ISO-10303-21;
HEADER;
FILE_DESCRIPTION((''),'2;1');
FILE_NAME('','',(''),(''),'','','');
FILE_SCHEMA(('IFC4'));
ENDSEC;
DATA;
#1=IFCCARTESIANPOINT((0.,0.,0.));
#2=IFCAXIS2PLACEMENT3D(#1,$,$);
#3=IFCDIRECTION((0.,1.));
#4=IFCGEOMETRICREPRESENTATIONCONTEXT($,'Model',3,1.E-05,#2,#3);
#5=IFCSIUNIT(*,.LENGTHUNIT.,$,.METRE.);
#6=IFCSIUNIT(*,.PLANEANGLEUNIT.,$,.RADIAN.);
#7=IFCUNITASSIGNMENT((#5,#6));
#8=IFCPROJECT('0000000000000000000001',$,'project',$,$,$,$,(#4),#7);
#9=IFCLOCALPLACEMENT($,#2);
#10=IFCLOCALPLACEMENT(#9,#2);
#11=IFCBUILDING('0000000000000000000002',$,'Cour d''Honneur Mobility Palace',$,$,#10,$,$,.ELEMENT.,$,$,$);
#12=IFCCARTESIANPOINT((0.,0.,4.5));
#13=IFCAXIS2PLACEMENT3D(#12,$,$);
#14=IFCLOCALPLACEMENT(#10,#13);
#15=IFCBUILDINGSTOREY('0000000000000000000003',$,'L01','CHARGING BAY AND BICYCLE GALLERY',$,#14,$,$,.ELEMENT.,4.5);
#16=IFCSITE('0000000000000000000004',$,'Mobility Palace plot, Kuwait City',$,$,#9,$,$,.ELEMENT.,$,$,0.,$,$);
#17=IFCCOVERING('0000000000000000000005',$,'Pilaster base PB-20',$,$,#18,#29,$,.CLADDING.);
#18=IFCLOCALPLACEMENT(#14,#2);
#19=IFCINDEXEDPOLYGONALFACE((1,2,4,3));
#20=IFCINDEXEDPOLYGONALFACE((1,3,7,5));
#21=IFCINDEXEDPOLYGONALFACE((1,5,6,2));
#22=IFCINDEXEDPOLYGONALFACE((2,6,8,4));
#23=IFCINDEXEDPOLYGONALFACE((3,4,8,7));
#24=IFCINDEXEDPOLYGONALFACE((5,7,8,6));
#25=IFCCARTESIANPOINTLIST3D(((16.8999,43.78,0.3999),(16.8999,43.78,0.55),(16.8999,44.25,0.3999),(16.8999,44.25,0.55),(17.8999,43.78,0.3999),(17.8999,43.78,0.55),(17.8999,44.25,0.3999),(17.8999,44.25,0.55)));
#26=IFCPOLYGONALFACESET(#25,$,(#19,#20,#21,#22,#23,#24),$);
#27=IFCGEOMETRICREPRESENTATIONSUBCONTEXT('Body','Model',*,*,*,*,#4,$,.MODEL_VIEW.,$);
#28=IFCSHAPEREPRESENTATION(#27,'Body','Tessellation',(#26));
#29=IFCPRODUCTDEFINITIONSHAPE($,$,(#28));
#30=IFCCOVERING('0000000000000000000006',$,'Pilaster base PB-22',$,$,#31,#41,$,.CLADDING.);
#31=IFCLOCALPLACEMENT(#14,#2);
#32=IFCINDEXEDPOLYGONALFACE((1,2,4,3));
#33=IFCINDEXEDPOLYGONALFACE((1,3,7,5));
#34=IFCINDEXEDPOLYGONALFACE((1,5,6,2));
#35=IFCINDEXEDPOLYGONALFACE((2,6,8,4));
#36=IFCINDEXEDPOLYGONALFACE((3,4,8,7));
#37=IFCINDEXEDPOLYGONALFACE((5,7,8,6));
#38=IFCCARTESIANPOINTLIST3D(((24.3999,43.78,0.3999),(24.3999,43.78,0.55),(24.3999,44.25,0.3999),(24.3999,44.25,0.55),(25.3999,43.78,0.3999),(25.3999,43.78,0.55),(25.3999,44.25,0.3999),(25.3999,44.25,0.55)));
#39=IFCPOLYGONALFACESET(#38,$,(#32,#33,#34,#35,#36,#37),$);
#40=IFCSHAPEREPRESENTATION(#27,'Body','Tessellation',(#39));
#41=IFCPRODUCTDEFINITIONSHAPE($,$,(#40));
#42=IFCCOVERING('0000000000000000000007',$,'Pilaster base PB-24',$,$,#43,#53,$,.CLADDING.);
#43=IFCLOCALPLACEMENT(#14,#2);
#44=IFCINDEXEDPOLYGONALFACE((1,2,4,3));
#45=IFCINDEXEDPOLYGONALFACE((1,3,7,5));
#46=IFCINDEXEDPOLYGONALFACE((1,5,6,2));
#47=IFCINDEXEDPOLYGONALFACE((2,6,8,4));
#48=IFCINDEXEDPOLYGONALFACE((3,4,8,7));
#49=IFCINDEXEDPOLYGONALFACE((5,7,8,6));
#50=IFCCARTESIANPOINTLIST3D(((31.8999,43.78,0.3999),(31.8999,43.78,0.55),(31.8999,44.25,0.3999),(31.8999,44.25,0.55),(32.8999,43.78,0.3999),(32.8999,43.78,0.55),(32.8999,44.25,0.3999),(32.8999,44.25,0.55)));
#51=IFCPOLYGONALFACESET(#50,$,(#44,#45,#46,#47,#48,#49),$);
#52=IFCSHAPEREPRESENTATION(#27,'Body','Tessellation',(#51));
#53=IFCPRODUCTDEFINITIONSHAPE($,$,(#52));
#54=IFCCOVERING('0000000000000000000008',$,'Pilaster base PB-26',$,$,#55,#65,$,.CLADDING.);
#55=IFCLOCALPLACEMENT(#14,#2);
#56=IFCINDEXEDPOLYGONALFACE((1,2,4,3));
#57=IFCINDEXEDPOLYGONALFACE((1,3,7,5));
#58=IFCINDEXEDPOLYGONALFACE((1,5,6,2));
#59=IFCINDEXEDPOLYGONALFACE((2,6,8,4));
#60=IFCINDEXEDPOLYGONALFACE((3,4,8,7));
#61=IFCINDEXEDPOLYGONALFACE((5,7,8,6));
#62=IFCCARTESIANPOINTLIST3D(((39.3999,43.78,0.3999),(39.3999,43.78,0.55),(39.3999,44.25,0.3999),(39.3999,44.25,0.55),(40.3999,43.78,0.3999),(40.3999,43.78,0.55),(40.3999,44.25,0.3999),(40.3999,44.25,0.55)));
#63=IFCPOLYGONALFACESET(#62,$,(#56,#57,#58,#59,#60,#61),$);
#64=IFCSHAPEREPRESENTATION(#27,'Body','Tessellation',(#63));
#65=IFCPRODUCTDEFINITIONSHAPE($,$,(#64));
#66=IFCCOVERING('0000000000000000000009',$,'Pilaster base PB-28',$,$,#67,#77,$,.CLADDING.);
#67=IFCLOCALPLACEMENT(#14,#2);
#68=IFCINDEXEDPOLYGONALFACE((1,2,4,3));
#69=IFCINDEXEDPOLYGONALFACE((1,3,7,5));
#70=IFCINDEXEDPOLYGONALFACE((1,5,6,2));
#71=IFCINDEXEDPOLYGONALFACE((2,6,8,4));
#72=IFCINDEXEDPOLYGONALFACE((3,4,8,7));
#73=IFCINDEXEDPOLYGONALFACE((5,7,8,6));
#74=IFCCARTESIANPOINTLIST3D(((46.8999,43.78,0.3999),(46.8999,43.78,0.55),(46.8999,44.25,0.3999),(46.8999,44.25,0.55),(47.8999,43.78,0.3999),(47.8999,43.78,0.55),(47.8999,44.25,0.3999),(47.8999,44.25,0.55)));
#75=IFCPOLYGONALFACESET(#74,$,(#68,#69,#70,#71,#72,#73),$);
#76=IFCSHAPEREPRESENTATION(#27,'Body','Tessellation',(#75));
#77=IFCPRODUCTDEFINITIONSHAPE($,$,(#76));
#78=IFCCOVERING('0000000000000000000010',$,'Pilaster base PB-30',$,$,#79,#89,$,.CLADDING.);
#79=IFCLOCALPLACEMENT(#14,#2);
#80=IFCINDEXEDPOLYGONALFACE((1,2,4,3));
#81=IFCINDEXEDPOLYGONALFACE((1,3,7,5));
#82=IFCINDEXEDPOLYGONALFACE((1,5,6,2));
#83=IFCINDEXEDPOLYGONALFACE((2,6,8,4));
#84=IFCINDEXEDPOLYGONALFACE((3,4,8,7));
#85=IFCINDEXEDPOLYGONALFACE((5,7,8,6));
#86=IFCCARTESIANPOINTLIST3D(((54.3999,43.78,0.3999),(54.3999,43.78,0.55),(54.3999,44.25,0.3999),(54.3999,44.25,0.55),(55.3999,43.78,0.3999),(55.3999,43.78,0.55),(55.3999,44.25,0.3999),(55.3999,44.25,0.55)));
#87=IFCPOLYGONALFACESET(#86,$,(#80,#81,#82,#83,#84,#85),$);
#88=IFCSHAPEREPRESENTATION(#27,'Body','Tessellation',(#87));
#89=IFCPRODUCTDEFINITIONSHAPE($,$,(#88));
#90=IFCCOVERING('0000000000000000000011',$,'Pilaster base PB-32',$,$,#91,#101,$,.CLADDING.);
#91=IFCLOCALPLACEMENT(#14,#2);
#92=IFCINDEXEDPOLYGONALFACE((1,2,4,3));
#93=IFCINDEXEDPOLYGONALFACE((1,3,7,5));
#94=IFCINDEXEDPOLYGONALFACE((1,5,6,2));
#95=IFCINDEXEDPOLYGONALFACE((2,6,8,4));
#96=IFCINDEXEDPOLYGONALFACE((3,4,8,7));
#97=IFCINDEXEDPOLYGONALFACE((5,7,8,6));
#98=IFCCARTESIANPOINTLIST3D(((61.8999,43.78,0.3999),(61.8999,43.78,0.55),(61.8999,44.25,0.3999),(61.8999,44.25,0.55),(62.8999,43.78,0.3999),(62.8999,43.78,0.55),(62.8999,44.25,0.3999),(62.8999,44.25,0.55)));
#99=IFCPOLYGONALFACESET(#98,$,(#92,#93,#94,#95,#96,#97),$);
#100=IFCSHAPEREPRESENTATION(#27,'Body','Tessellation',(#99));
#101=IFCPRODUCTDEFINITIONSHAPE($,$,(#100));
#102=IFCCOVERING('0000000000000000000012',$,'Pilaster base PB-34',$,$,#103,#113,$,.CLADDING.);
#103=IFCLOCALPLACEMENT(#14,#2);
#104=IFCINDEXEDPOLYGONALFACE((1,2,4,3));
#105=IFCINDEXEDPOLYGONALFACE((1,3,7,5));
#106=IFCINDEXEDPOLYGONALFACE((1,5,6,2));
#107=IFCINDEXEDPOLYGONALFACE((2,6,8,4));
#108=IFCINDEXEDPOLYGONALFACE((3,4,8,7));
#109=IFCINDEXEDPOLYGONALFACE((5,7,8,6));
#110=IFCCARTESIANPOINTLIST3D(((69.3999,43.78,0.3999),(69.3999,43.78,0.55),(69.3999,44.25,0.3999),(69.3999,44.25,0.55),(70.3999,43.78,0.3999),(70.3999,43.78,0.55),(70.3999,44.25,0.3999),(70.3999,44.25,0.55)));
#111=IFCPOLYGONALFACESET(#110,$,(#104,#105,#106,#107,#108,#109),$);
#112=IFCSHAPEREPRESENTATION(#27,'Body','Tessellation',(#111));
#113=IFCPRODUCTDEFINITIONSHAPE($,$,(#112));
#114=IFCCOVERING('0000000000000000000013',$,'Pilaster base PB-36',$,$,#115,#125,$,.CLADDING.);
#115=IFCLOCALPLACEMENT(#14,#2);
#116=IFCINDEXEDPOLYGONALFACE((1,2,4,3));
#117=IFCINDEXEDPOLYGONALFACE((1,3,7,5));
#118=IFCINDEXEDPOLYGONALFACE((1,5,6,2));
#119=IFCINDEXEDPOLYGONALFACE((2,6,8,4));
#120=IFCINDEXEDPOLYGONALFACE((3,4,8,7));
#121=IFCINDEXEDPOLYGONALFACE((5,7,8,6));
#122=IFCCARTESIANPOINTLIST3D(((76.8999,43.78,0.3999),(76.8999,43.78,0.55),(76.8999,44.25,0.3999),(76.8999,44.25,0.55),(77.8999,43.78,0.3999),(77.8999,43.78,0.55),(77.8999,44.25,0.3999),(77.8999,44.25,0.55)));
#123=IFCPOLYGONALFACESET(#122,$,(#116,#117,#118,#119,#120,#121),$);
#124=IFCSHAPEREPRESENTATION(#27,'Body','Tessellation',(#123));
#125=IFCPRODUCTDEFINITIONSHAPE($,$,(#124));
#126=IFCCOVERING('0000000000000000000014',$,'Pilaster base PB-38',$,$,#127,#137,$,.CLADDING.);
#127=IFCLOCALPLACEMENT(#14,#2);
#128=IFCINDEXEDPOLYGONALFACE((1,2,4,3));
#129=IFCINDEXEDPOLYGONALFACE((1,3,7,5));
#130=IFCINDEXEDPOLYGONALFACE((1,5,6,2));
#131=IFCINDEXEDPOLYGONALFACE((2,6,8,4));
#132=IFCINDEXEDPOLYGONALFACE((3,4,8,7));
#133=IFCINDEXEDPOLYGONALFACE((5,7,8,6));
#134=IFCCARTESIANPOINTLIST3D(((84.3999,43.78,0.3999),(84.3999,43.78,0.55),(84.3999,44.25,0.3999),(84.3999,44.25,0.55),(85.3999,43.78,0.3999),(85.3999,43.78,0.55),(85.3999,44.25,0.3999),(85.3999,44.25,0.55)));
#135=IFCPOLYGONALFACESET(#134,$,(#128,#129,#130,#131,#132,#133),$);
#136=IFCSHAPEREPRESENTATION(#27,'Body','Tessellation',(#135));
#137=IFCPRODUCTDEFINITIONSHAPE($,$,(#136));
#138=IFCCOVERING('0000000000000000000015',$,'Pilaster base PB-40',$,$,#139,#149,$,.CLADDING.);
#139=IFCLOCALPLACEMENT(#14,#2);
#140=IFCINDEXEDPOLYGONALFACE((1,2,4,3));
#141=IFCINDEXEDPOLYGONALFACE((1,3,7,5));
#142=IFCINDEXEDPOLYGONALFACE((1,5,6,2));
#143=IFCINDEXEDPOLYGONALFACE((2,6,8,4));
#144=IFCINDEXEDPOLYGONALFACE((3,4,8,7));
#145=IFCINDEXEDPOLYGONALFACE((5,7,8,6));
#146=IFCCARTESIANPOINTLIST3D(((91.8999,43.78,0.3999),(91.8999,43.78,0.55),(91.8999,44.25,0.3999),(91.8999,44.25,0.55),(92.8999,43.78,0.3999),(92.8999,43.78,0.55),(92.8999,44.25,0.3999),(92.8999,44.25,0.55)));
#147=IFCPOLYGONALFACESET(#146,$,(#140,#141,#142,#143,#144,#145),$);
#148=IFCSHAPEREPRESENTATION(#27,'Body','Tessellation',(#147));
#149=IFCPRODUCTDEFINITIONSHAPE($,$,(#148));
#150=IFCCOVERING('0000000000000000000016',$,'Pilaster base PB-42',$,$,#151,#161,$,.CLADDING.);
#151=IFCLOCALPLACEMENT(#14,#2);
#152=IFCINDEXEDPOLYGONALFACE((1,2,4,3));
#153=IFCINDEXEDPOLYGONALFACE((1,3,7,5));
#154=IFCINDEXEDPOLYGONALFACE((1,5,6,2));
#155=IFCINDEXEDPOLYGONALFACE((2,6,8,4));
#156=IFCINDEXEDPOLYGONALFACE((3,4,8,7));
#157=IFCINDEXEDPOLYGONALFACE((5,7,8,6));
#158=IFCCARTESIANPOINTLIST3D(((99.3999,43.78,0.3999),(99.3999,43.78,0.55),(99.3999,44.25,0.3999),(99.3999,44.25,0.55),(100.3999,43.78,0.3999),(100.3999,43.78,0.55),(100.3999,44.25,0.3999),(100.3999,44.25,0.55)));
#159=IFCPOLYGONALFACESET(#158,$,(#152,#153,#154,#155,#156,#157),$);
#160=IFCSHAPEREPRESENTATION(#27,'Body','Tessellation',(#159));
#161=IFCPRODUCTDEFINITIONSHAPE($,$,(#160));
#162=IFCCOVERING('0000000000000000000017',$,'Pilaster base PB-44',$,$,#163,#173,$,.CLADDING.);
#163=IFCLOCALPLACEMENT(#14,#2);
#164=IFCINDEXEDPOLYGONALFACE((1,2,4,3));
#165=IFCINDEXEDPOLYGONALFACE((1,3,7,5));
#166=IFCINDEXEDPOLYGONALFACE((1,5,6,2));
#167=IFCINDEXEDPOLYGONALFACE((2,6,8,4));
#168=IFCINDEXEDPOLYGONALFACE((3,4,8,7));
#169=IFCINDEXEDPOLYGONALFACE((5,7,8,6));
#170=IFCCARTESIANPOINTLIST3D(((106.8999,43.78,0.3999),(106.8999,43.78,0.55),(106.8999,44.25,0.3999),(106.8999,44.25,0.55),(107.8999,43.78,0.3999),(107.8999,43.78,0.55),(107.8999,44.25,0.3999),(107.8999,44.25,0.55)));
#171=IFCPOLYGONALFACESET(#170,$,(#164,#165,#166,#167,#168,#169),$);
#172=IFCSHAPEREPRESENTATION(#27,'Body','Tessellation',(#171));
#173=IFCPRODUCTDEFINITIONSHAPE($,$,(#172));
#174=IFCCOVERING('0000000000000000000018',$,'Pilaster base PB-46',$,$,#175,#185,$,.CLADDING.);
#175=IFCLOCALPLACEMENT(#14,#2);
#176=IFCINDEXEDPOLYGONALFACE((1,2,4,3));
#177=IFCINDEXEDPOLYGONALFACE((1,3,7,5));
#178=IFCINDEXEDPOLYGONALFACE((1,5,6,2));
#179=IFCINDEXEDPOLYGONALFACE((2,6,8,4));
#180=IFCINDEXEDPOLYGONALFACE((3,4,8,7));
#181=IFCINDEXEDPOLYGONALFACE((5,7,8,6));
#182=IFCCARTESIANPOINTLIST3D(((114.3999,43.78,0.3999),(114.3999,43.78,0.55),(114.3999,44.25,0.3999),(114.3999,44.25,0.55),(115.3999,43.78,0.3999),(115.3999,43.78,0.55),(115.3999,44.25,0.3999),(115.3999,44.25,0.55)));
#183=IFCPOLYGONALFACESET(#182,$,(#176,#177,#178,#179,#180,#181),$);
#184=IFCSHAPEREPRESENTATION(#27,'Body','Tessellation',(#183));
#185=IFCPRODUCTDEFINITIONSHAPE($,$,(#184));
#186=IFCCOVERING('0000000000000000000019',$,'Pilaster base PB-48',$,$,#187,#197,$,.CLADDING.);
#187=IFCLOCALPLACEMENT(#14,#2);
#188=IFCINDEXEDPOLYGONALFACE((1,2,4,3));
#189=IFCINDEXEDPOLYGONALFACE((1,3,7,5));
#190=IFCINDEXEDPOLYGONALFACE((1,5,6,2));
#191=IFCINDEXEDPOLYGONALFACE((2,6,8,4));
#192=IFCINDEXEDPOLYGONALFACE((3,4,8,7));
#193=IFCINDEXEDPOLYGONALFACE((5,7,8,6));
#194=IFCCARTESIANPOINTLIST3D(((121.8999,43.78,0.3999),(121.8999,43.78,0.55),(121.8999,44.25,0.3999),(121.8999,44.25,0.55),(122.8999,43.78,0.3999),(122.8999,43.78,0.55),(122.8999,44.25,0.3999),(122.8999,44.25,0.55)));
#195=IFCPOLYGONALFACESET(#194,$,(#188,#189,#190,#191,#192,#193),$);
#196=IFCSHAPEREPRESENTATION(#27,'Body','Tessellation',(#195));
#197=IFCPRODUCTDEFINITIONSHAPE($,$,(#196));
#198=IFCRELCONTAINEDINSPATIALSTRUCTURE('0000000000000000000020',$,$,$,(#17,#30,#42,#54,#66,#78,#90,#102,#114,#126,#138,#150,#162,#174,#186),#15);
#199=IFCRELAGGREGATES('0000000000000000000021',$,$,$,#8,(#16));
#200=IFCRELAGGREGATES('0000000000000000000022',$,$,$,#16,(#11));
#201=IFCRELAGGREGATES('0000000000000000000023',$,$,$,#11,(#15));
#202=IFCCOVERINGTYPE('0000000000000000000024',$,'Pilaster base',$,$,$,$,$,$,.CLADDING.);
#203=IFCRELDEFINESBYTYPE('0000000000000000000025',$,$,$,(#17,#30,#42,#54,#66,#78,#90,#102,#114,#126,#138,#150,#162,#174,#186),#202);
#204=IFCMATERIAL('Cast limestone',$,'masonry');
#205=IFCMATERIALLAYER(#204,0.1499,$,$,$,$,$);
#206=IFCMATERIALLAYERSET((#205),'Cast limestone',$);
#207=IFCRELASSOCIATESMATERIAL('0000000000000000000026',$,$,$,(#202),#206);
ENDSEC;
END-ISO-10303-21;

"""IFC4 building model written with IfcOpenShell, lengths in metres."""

from ifc_helpers import new_model, si_unit, direction, frame, origin, place, context, subcontext, project, spatial, polyline, outline, extrude, material, layer, layer_set, type_object, element, save


model = new_model("IFC4")

# Units and contexts
model_context = context("Model", 3, precision=1e-05, world=origin(), true_north=direction((0.0, 1.0)))
body_context = subcontext(model_context, "Body", "Model", "MODEL_VIEW")
ifc_project = project(units=[si_unit("LENGTHUNIT", "METRE"), si_unit("PLANEANGLEUNIT", "RADIAN")], contexts=[model_context])

# Site, building, storey
site_placement = place(None, origin())
site = spatial("IfcSite", under=ifc_project, at=site_placement, Name="Mobility Palace plot, Kuwait City", CompositionType="ELEMENT", RefElevation=0.0)
building_placement = place(site_placement, origin())
building = spatial("IfcBuilding", under=site, at=building_placement, Name="Cour d'Honneur Mobility Palace", CompositionType="ELEMENT")
storey_placement = place(building_placement, frame((0.0, 0.0, 4.5)))
storey = spatial("IfcBuildingStorey", under=building, at=storey_placement, Name="L01", Description="CHARGING BAY AND BICYCLE GALLERY", CompositionType="ELEMENT", Elevation=4.5)

# Coverings
ifc_material = material(Name="Cast limestone", Category="masonry")
ifc_layer = layer(ifc_material, 0.1499)
ifc_layer_set = layer_set([ifc_layer], Name="Cast limestone")
covering_type = type_object("IfcCoveringType", Name="Pilaster base", PredefinedType="CLADDING", material=ifc_layer_set)
covering_1_placement = place(storey_placement, frame((0.0, 0.0, 0.3999)))
element("IfcCovering", 1, at=covering_1_placement, inside=storey, type_object=covering_type, Name="Pilaster base PB-20", PredefinedType="CLADDING", context=body_context, shape_type="SweptSolid", body=[
    extrude(outline(polyline([(16.8999, 44.25), (17.8999, 44.25), (17.8999, 43.78), (16.8999, 43.78), (16.8999, 44.25)])), origin(), (0.0, 0.0, 1.0), 0.1501),
])
covering_2_placement = place(storey_placement, frame((0.0, 0.0, 0.3999)))
element("IfcCovering", 2, at=covering_2_placement, inside=storey, type_object=covering_type, Name="Pilaster base PB-22", PredefinedType="CLADDING", context=body_context, shape_type="SweptSolid", body=[
    extrude(outline(polyline([(24.3999, 44.25), (25.3999, 44.25), (25.3999, 43.78), (24.3999, 43.78), (24.3999, 44.25)])), origin(), (0.0, 0.0, 1.0), 0.1501),
])
covering_3_placement = place(storey_placement, frame((0.0, 0.0, 0.3999)))
element("IfcCovering", 3, at=covering_3_placement, inside=storey, type_object=covering_type, Name="Pilaster base PB-24", PredefinedType="CLADDING", context=body_context, shape_type="SweptSolid", body=[
    extrude(outline(polyline([(31.8999, 44.25), (32.8999, 44.25), (32.8999, 43.78), (31.8999, 43.78), (31.8999, 44.25)])), origin(), (0.0, 0.0, 1.0), 0.1501),
])
covering_4_placement = place(storey_placement, frame((0.0, 0.0, 0.3999)))
element("IfcCovering", 4, at=covering_4_placement, inside=storey, type_object=covering_type, Name="Pilaster base PB-26", PredefinedType="CLADDING", context=body_context, shape_type="SweptSolid", body=[
    extrude(outline(polyline([(39.3999, 44.25), (40.3999, 44.25), (40.3999, 43.78), (39.3999, 43.78), (39.3999, 44.25)])), origin(), (0.0, 0.0, 1.0), 0.1501),
])
covering_5_placement = place(storey_placement, frame((0.0, 0.0, 0.3999)))
element("IfcCovering", 5, at=covering_5_placement, inside=storey, type_object=covering_type, Name="Pilaster base PB-28", PredefinedType="CLADDING", context=body_context, shape_type="SweptSolid", body=[
    extrude(outline(polyline([(46.8999, 44.25), (47.8999, 44.25), (47.8999, 43.78), (46.8999, 43.78), (46.8999, 44.25)])), origin(), (0.0, 0.0, 1.0), 0.1501),
])
covering_6_placement = place(storey_placement, frame((0.0, 0.0, 0.3999)))
element("IfcCovering", 6, at=covering_6_placement, inside=storey, type_object=covering_type, Name="Pilaster base PB-30", PredefinedType="CLADDING", context=body_context, shape_type="SweptSolid", body=[
    extrude(outline(polyline([(54.3999, 44.25), (55.3999, 44.25), (55.3999, 43.78), (54.3999, 43.78), (54.3999, 44.25)])), origin(), (0.0, 0.0, 1.0), 0.1501),
])
covering_7_placement = place(storey_placement, frame((0.0, 0.0, 0.3999)))
element("IfcCovering", 7, at=covering_7_placement, inside=storey, type_object=covering_type, Name="Pilaster base PB-32", PredefinedType="CLADDING", context=body_context, shape_type="SweptSolid", body=[
    extrude(outline(polyline([(61.8999, 44.25), (62.8999, 44.25), (62.8999, 43.78), (61.8999, 43.78), (61.8999, 44.25)])), origin(), (0.0, 0.0, 1.0), 0.1501),
])
covering_8_placement = place(storey_placement, frame((0.0, 0.0, 0.3999)))
element("IfcCovering", 8, at=covering_8_placement, inside=storey, type_object=covering_type, Name="Pilaster base PB-34", PredefinedType="CLADDING", context=body_context, shape_type="SweptSolid", body=[
    extrude(outline(polyline([(69.3999, 44.25), (70.3999, 44.25), (70.3999, 43.78), (69.3999, 43.78), (69.3999, 44.25)])), origin(), (0.0, 0.0, 1.0), 0.1501),
])
covering_9_placement = place(storey_placement, frame((0.0, 0.0, 0.3999)))
element("IfcCovering", 9, at=covering_9_placement, inside=storey, type_object=covering_type, Name="Pilaster base PB-36", PredefinedType="CLADDING", context=body_context, shape_type="SweptSolid", body=[
    extrude(outline(polyline([(76.8999, 44.25), (77.8999, 44.25), (77.8999, 43.78), (76.8999, 43.78), (76.8999, 44.25)])), origin(), (0.0, 0.0, 1.0), 0.1501),
])
covering_10_placement = place(storey_placement, frame((0.0, 0.0, 0.3999)))
element("IfcCovering", 10, at=covering_10_placement, inside=storey, type_object=covering_type, Name="Pilaster base PB-38", PredefinedType="CLADDING", context=body_context, shape_type="SweptSolid", body=[
    extrude(outline(polyline([(84.3999, 44.25), (85.3999, 44.25), (85.3999, 43.78), (84.3999, 43.78), (84.3999, 44.25)])), origin(), (0.0, 0.0, 1.0), 0.1501),
])
covering_11_placement = place(storey_placement, frame((0.0, 0.0, 0.3999)))
element("IfcCovering", 11, at=covering_11_placement, inside=storey, type_object=covering_type, Name="Pilaster base PB-40", PredefinedType="CLADDING", context=body_context, shape_type="SweptSolid", body=[
    extrude(outline(polyline([(91.8999, 44.25), (92.8999, 44.25), (92.8999, 43.78), (91.8999, 43.78), (91.8999, 44.25)])), origin(), (0.0, 0.0, 1.0), 0.1501),
])
covering_12_placement = place(storey_placement, frame((0.0, 0.0, 0.3999)))
element("IfcCovering", 12, at=covering_12_placement, inside=storey, type_object=covering_type, Name="Pilaster base PB-42", PredefinedType="CLADDING", context=body_context, shape_type="SweptSolid", body=[
    extrude(outline(polyline([(99.3999, 44.25), (100.3999, 44.25), (100.3999, 43.78), (99.3999, 43.78), (99.3999, 44.25)])), origin(), (0.0, 0.0, 1.0), 0.1501),
])
covering_13_placement = place(storey_placement, frame((0.0, 0.0, 0.3999)))
element("IfcCovering", 13, at=covering_13_placement, inside=storey, type_object=covering_type, Name="Pilaster base PB-44", PredefinedType="CLADDING", context=body_context, shape_type="SweptSolid", body=[
    extrude(outline(polyline([(106.8999, 44.25), (107.8999, 44.25), (107.8999, 43.78), (106.8999, 43.78), (106.8999, 44.25)])), origin(), (0.0, 0.0, 1.0), 0.1501),
])
covering_14_placement = place(storey_placement, frame((0.0, 0.0, 0.3999)))
element("IfcCovering", 14, at=covering_14_placement, inside=storey, type_object=covering_type, Name="Pilaster base PB-46", PredefinedType="CLADDING", context=body_context, shape_type="SweptSolid", body=[
    extrude(outline(polyline([(114.3999, 44.25), (115.3999, 44.25), (115.3999, 43.78), (114.3999, 43.78), (114.3999, 44.25)])), origin(), (0.0, 0.0, 1.0), 0.1501),
])
covering_15_placement = place(storey_placement, frame((0.0, 0.0, 0.3999)))
element("IfcCovering", 15, at=covering_15_placement, inside=storey, type_object=covering_type, Name="Pilaster base PB-48", PredefinedType="CLADDING", context=body_context, shape_type="SweptSolid", body=[
    extrude(outline(polyline([(121.8999, 44.25), (122.8999, 44.25), (122.8999, 43.78), (121.8999, 43.78), (121.8999, 44.25)])), origin(), (0.0, 0.0, 1.0), 0.1501),
])

save(model, "model.ifc")
